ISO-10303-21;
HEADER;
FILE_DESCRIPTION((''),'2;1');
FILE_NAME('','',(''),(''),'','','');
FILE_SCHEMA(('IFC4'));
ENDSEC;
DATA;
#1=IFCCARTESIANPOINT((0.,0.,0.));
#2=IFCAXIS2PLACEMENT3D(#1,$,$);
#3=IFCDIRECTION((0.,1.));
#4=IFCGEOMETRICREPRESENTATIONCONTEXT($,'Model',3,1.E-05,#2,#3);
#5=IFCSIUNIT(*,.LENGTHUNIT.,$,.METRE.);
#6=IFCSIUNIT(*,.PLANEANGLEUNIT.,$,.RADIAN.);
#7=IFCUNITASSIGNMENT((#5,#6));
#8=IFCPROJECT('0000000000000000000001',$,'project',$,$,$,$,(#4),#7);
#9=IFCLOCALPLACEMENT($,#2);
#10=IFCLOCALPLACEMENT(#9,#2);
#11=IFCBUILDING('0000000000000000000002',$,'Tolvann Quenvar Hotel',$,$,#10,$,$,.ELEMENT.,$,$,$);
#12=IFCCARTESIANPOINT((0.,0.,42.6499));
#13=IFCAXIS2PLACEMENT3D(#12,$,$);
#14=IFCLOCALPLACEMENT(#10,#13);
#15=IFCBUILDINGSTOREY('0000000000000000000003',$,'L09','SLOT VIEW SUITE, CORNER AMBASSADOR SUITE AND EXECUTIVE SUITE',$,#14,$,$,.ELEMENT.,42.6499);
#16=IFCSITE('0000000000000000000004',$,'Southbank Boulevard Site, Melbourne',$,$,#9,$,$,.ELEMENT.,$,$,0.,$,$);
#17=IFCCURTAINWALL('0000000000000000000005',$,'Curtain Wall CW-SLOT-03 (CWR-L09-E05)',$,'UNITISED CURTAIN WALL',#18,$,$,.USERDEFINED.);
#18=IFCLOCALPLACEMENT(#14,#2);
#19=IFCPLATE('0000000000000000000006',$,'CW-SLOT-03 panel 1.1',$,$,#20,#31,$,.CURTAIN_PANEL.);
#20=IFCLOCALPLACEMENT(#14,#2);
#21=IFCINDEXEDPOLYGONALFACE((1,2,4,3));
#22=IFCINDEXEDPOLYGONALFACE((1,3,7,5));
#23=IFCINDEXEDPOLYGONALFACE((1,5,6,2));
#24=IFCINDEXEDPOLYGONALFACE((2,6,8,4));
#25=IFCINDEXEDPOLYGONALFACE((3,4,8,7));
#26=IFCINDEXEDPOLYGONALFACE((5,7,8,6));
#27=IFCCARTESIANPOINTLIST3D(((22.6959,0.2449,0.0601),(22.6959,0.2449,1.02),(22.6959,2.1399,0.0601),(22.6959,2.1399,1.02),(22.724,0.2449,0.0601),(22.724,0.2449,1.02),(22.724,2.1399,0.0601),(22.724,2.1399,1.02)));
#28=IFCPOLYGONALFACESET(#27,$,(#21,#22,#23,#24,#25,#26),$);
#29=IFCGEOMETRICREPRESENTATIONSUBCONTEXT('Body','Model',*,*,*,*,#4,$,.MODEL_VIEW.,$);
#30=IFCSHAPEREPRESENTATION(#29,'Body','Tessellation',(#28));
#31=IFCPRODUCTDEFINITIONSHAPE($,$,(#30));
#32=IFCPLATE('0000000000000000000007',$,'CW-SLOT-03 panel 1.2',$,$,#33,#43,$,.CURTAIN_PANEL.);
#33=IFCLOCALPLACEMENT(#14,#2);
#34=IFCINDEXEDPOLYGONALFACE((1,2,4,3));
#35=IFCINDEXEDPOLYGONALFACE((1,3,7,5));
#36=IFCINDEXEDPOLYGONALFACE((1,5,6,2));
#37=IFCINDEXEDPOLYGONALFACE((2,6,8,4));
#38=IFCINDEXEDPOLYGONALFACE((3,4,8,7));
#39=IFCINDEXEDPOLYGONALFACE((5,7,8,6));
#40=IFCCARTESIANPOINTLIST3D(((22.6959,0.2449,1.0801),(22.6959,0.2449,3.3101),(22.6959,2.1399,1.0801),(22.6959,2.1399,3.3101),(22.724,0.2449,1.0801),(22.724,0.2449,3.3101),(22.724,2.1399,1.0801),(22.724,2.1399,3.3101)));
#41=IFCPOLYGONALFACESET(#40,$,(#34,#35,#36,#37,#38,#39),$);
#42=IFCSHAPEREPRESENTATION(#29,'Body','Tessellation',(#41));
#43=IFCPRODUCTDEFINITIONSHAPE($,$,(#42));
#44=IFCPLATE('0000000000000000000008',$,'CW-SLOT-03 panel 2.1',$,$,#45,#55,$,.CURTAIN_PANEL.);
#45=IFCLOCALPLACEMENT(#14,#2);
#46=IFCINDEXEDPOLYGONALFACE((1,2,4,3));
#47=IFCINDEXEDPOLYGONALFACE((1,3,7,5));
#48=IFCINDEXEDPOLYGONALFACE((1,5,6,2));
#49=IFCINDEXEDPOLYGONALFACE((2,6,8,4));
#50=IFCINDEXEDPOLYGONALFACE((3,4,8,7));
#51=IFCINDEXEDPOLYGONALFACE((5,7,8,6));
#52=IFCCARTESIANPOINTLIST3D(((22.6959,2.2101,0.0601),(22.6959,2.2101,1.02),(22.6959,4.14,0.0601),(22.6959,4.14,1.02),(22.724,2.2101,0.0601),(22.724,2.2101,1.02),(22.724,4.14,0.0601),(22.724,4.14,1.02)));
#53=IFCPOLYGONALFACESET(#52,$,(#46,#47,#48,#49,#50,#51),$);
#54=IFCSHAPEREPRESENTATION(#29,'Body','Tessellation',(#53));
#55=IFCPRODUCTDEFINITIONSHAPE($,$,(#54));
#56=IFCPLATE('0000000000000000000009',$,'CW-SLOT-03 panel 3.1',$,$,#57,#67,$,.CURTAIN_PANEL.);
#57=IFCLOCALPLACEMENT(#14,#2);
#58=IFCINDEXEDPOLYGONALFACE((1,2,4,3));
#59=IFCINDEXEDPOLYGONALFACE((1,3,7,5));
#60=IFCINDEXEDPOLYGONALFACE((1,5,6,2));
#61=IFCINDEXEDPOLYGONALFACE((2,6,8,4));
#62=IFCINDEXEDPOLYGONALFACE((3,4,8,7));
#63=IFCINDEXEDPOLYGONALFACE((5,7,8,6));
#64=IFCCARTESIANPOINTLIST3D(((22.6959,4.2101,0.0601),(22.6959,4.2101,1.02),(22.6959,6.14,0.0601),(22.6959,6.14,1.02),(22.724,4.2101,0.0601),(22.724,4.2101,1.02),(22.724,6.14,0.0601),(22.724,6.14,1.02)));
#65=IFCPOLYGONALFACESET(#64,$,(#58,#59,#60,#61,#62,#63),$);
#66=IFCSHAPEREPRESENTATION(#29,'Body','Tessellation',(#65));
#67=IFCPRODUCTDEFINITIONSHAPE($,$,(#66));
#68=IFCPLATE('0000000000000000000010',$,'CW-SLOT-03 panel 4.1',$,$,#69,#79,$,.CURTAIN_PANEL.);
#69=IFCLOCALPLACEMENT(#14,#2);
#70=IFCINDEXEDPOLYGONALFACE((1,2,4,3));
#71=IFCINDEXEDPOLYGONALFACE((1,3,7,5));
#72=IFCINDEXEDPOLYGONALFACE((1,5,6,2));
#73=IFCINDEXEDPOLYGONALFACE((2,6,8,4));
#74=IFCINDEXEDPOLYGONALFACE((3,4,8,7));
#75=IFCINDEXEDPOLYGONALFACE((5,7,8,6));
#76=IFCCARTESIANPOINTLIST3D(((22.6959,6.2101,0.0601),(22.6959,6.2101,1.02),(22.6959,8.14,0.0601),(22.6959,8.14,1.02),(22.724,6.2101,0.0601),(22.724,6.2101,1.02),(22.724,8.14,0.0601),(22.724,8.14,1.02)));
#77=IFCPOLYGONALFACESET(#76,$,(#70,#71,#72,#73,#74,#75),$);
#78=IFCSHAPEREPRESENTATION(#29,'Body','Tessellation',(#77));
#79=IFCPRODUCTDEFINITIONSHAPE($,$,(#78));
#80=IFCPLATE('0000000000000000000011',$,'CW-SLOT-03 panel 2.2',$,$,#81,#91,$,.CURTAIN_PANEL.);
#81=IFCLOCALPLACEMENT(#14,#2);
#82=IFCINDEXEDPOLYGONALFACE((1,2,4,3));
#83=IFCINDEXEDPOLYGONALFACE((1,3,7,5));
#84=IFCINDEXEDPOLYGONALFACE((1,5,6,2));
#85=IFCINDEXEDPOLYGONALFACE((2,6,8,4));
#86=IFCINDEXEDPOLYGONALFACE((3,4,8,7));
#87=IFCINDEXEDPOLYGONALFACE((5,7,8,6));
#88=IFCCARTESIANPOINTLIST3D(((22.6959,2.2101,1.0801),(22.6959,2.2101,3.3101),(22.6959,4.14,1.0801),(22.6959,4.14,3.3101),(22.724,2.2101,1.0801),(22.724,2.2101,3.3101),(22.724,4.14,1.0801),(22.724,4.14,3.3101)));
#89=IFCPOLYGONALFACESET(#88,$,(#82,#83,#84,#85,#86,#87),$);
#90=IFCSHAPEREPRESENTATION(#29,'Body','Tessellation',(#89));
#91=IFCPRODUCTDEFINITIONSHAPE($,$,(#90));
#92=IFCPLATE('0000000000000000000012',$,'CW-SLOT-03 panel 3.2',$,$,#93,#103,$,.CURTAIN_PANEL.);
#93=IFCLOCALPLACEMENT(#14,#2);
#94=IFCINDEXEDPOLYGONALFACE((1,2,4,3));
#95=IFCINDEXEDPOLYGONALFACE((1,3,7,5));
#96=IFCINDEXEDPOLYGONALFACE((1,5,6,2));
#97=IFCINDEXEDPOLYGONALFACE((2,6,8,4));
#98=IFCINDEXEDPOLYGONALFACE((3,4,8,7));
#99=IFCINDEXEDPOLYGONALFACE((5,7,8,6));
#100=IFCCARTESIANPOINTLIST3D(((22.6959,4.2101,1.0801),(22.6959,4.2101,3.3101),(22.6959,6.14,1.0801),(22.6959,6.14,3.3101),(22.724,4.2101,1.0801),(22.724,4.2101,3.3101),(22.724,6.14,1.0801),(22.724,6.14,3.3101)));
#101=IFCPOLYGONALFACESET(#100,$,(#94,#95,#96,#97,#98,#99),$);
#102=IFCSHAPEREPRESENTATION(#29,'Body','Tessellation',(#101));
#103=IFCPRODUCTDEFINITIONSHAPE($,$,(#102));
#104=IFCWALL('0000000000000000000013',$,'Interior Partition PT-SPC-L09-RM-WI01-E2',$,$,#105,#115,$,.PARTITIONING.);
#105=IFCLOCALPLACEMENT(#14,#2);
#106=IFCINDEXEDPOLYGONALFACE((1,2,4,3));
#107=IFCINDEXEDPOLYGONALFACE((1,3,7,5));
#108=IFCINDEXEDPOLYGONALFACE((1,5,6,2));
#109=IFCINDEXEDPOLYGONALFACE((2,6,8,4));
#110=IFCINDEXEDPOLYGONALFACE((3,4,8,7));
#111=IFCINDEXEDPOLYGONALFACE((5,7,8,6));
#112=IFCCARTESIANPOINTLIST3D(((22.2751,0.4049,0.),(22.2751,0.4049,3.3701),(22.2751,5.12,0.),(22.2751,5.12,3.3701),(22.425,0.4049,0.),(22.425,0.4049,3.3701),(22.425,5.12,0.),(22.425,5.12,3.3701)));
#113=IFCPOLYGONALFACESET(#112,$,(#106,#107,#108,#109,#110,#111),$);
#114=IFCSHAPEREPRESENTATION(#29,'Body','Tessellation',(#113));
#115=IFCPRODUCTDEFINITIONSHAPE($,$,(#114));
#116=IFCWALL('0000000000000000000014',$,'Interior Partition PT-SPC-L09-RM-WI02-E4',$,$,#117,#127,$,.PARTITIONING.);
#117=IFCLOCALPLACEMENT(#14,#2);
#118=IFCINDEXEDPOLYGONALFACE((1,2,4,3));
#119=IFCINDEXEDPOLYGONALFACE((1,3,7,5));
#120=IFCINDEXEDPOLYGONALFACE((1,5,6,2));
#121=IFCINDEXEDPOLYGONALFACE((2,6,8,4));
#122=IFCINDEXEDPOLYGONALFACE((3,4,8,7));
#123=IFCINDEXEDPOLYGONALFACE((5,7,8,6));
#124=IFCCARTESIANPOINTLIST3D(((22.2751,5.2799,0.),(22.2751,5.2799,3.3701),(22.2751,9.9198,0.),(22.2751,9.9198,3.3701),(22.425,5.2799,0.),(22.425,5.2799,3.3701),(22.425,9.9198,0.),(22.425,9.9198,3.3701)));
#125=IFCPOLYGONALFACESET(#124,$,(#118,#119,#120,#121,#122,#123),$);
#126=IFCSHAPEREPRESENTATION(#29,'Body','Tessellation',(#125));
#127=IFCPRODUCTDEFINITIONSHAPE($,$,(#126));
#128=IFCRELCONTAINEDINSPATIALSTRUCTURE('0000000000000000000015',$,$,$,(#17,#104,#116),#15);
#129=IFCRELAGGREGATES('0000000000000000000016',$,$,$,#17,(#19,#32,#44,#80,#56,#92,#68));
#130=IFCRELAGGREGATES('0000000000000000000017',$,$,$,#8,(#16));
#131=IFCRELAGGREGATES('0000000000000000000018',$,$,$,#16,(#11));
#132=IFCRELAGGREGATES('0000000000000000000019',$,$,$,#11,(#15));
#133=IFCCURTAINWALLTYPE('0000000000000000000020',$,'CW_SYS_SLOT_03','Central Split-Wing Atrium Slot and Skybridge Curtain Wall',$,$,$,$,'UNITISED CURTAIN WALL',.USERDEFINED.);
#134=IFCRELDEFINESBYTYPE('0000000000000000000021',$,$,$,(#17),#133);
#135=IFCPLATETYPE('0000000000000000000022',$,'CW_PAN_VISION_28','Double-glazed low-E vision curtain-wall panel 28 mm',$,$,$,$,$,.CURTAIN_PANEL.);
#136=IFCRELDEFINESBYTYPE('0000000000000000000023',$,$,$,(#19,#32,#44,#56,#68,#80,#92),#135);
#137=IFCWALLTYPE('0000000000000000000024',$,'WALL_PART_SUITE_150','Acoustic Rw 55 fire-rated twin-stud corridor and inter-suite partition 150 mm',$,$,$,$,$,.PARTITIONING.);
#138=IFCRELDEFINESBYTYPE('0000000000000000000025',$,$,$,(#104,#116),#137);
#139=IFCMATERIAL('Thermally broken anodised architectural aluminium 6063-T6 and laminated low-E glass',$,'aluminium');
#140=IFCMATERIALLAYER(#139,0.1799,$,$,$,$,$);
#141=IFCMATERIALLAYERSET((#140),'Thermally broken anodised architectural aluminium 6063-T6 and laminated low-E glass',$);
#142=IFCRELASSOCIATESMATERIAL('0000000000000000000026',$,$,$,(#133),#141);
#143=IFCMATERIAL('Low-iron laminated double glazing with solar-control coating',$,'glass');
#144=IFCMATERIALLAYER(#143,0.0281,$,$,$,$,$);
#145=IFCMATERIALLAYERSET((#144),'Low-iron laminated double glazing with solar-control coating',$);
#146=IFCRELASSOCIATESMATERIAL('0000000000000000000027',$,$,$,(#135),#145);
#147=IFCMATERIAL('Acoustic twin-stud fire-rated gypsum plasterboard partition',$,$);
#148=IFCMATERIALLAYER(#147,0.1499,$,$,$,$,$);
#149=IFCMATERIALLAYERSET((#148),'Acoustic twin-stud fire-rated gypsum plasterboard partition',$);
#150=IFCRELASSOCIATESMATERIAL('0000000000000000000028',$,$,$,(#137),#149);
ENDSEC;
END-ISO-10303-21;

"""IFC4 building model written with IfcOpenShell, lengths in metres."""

from ifc_helpers import new_model, si_unit, direction, frame, frame_2d, origin, origin_2d, place, context, subcontext, project, spatial, rectangle, extrude, source, transform, mapped, material, layer, layer_set, type_object, type_shapes, element, aggregate, save


model = new_model("IFC4")

# Units and contexts
model_context = context("Model", 3, precision=1e-05, world=origin(), true_north=direction((0.0, 1.0)))
body_context = subcontext(model_context, "Body", "Model", "MODEL_VIEW")
ifc_project = project(units=[si_unit("LENGTHUNIT", "METRE"), si_unit("PLANEANGLEUNIT", "RADIAN")], contexts=[model_context])

# Site, building, storey
site_placement = place(None, origin())
site = spatial("IfcSite", under=ifc_project, at=site_placement, Name="Southbank Boulevard Site, Melbourne", CompositionType="ELEMENT", RefElevation=0.0)
building_placement = place(site_placement, origin())
building = spatial("IfcBuilding", under=site, at=building_placement, Name="Tolvann Quenvar Hotel", CompositionType="ELEMENT")
storey_placement = place(building_placement, frame((0.0, 0.0, 42.6499)))
storey = spatial("IfcBuildingStorey", under=building, at=storey_placement, Name="L09", Description="SLOT VIEW SUITE, CORNER AMBASSADOR SUITE AND EXECUTIVE SUITE", CompositionType="ELEMENT", Elevation=42.6499)

# Curtain wall, plates
ifc_material_1 = material(Name="Thermally broken anodised architectural aluminium 6063-T6 and laminated low-E glass", Category="aluminium")
ifc_layer_1 = layer(ifc_material_1, 0.1799)
ifc_layer_set_1 = layer_set([ifc_layer_1], Name="Thermally broken anodised architectural aluminium 6063-T6 and laminated low-E glass")
curtain_wall_type = type_object("IfcCurtainWallType", Name="CW_SYS_SLOT_03", Description="Central Split-Wing Atrium Slot and Skybridge Curtain Wall", ElementType="UNITISED CURTAIN WALL", PredefinedType="USERDEFINED", material=ifc_layer_set_1)
curtain_wall_placement = place(storey_placement, origin())
curtain_wall = element("IfcCurtainWall", 1, at=curtain_wall_placement, inside=storey, type_object=curtain_wall_type, Name="Curtain Wall CW-SLOT-03 (CWR-L09-E05)", ObjectType="UNITISED CURTAIN WALL", PredefinedType="USERDEFINED")
ifc_material_2 = material(Name="Low-iron laminated double glazing with solar-control coating", Category="glass")
ifc_layer_2 = layer(ifc_material_2, 0.0281)
ifc_layer_set_2 = layer_set([ifc_layer_2], Name="Low-iron laminated double glazing with solar-control coating")
plate_type = type_object("IfcPlateType", Name="CW_PAN_VISION_28", Description="Double-glazed low-E vision curtain-wall panel 28 mm", PredefinedType="CURTAIN_PANEL", material=ifc_layer_set_2)
shared_shape_1 = source(origin(), body_context, "Body", "SweptSolid", [
    extrude(rectangle(XDim=1.895, YDim=0.0281, at=origin_2d()), origin(), (0.0, 0.0, 1.0), 0.96),
])
plate_1_placement = place(storey_placement, frame((22.71, 1.1924, 0.0601), z_axis=(0.0, 0.0, 1.0), x_axis=(0.0, 1.0, 0.0)))
plate_1 = element("IfcPlate", 2, at=plate_1_placement, type_object=plate_type, Name="CW-SLOT-03 panel 1.1", PredefinedType="CURTAIN_PANEL", context=body_context, shape_type="MappedRepresentation", body=[
    mapped(shared_shape_1, transform((0.0, 0.0, 0.0), x_axis=(1.0, 0.0, 0.0), y_axis=(0.0, 1.0, 0.0), z_axis=(0.0, 0.0, 1.0), scale=1.0)),
])
shared_shape_2 = source(origin(), body_context, "Body", "SweptSolid", [
    extrude(rectangle(XDim=1.895, YDim=0.0281, at=origin_2d()), origin(), (0.0, 0.0, 1.0), 2.23),
])
plate_2_placement = place(storey_placement, frame((22.71, 1.1924, 1.0801), z_axis=(0.0, 0.0, 1.0), x_axis=(0.0, 1.0, 0.0)))
plate_2 = element("IfcPlate", 3, at=plate_2_placement, type_object=plate_type, Name="CW-SLOT-03 panel 1.2", PredefinedType="CURTAIN_PANEL", context=body_context, shape_type="MappedRepresentation", body=[
    mapped(shared_shape_2, transform((0.0, 0.0, 0.0), x_axis=(1.0, 0.0, 0.0), y_axis=(0.0, 1.0, 0.0), z_axis=(0.0, 0.0, 1.0), scale=1.0)),
])
shared_shape_3 = source(origin(), body_context, "Body", "SweptSolid", [
    extrude(rectangle(XDim=1.9299, YDim=0.0281, at=origin_2d()), origin(), (0.0, 0.0, 1.0), 0.96),
])
plate_3_placement = place(storey_placement, frame((22.71, 3.175, 0.0601), z_axis=(0.0, 0.0, 1.0), x_axis=(0.0, 1.0, 0.0)))
plate_3 = element("IfcPlate", 4, at=plate_3_placement, type_object=plate_type, Name="CW-SLOT-03 panel 2.1", PredefinedType="CURTAIN_PANEL", context=body_context, shape_type="MappedRepresentation", body=[
    mapped(shared_shape_3, transform((0.0, 0.0, 0.0), x_axis=(1.0, 0.0, 0.0), y_axis=(0.0, 1.0, 0.0), z_axis=(0.0, 0.0, 1.0), scale=1.0)),
])
plate_4_placement = place(storey_placement, frame((22.71, 5.175, 0.0601), z_axis=(0.0, 0.0, 1.0), x_axis=(0.0, 1.0, 0.0)))
plate_4 = element("IfcPlate", 5, at=plate_4_placement, type_object=plate_type, Name="CW-SLOT-03 panel 3.1", PredefinedType="CURTAIN_PANEL", context=body_context, shape_type="MappedRepresentation", body=[
    mapped(shared_shape_3, transform((0.0, 0.0, 0.0), x_axis=(1.0, 0.0, 0.0), y_axis=(0.0, 1.0, 0.0), z_axis=(0.0, 0.0, 1.0), scale=1.0)),
])
plate_5_placement = place(storey_placement, frame((22.71, 7.175, 0.0601), z_axis=(0.0, 0.0, 1.0), x_axis=(0.0, 1.0, 0.0)))
plate_5 = element("IfcPlate", 6, at=plate_5_placement, type_object=plate_type, Name="CW-SLOT-03 panel 4.1", PredefinedType="CURTAIN_PANEL", context=body_context, shape_type="MappedRepresentation", body=[
    mapped(shared_shape_3, transform((0.0, 0.0, 0.0), x_axis=(1.0, 0.0, 0.0), y_axis=(0.0, 1.0, 0.0), z_axis=(0.0, 0.0, 1.0), scale=1.0)),
])
shared_shape_4 = source(origin(), body_context, "Body", "SweptSolid", [
    extrude(rectangle(XDim=1.9299, YDim=0.0281, at=origin_2d()), origin(), (0.0, 0.0, 1.0), 2.23),
])
type_shapes(plate_type, [shared_shape_1, shared_shape_2, shared_shape_3, shared_shape_4])
plate_6_placement = place(storey_placement, frame((22.71, 3.175, 1.0801), z_axis=(0.0, 0.0, 1.0), x_axis=(0.0, 1.0, 0.0)))
plate_6 = element("IfcPlate", 7, at=plate_6_placement, type_object=plate_type, Name="CW-SLOT-03 panel 2.2", PredefinedType="CURTAIN_PANEL", context=body_context, shape_type="MappedRepresentation", body=[
    mapped(shared_shape_4, transform((0.0, 0.0, 0.0), x_axis=(1.0, 0.0, 0.0), y_axis=(0.0, 1.0, 0.0), z_axis=(0.0, 0.0, 1.0), scale=1.0)),
])
plate_7_placement = place(storey_placement, frame((22.71, 5.175, 1.0801), z_axis=(0.0, 0.0, 1.0), x_axis=(0.0, 1.0, 0.0)))
plate_7 = element("IfcPlate", 8, at=plate_7_placement, type_object=plate_type, Name="CW-SLOT-03 panel 3.2", PredefinedType="CURTAIN_PANEL", context=body_context, shape_type="MappedRepresentation", body=[
    mapped(shared_shape_4, transform((0.0, 0.0, 0.0), x_axis=(1.0, 0.0, 0.0), y_axis=(0.0, 1.0, 0.0), z_axis=(0.0, 0.0, 1.0), scale=1.0)),
])
aggregate(curtain_wall, [plate_1, plate_2, plate_3, plate_6, plate_4, plate_7, plate_5])

# Walls
ifc_material_3 = material(Name="Acoustic twin-stud fire-rated gypsum plasterboard partition")
ifc_layer_3 = layer(ifc_material_3, 0.1499)
ifc_layer_set_3 = layer_set([ifc_layer_3], Name="Acoustic twin-stud fire-rated gypsum plasterboard partition")
wall_type = type_object("IfcWallType", Name="WALL_PART_SUITE_150", Description="Acoustic Rw 55 fire-rated twin-stud corridor and inter-suite partition 150 mm", PredefinedType="PARTITIONING", material=ifc_layer_set_3)
wall_1_placement = place(storey_placement, frame((22.3501, 0.405, 0.0), z_axis=(0.0, 0.0, 1.0), x_axis=(0.0, 1.0, 0.0)))
element("IfcWall", 9, at=wall_1_placement, inside=storey, type_object=wall_type, Name="Interior Partition PT-SPC-L09-RM-WI01-E2", PredefinedType="PARTITIONING", context=body_context, shape_type="SweptSolid", body=[
    extrude(rectangle(XDim=4.7151, YDim=0.1499, at=frame_2d((2.3574, 0.0))), origin(), (0.0, 0.0, 1.0), 3.3701),
])
wall_2_placement = place(storey_placement, frame((22.3501, 5.28, 0.0), z_axis=(0.0, 0.0, 1.0), x_axis=(0.0, 1.0, 0.0)))
element("IfcWall", 10, at=wall_2_placement, inside=storey, type_object=wall_type, Name="Interior Partition PT-SPC-L09-RM-WI02-E4", PredefinedType="PARTITIONING", context=body_context, shape_type="SweptSolid", body=[
    extrude(rectangle(XDim=4.6399, YDim=0.1499, at=frame_2d((2.3198, 0.0))), origin(), (0.0, 0.0, 1.0), 3.3701),
])

save(model, "model.ifc")
